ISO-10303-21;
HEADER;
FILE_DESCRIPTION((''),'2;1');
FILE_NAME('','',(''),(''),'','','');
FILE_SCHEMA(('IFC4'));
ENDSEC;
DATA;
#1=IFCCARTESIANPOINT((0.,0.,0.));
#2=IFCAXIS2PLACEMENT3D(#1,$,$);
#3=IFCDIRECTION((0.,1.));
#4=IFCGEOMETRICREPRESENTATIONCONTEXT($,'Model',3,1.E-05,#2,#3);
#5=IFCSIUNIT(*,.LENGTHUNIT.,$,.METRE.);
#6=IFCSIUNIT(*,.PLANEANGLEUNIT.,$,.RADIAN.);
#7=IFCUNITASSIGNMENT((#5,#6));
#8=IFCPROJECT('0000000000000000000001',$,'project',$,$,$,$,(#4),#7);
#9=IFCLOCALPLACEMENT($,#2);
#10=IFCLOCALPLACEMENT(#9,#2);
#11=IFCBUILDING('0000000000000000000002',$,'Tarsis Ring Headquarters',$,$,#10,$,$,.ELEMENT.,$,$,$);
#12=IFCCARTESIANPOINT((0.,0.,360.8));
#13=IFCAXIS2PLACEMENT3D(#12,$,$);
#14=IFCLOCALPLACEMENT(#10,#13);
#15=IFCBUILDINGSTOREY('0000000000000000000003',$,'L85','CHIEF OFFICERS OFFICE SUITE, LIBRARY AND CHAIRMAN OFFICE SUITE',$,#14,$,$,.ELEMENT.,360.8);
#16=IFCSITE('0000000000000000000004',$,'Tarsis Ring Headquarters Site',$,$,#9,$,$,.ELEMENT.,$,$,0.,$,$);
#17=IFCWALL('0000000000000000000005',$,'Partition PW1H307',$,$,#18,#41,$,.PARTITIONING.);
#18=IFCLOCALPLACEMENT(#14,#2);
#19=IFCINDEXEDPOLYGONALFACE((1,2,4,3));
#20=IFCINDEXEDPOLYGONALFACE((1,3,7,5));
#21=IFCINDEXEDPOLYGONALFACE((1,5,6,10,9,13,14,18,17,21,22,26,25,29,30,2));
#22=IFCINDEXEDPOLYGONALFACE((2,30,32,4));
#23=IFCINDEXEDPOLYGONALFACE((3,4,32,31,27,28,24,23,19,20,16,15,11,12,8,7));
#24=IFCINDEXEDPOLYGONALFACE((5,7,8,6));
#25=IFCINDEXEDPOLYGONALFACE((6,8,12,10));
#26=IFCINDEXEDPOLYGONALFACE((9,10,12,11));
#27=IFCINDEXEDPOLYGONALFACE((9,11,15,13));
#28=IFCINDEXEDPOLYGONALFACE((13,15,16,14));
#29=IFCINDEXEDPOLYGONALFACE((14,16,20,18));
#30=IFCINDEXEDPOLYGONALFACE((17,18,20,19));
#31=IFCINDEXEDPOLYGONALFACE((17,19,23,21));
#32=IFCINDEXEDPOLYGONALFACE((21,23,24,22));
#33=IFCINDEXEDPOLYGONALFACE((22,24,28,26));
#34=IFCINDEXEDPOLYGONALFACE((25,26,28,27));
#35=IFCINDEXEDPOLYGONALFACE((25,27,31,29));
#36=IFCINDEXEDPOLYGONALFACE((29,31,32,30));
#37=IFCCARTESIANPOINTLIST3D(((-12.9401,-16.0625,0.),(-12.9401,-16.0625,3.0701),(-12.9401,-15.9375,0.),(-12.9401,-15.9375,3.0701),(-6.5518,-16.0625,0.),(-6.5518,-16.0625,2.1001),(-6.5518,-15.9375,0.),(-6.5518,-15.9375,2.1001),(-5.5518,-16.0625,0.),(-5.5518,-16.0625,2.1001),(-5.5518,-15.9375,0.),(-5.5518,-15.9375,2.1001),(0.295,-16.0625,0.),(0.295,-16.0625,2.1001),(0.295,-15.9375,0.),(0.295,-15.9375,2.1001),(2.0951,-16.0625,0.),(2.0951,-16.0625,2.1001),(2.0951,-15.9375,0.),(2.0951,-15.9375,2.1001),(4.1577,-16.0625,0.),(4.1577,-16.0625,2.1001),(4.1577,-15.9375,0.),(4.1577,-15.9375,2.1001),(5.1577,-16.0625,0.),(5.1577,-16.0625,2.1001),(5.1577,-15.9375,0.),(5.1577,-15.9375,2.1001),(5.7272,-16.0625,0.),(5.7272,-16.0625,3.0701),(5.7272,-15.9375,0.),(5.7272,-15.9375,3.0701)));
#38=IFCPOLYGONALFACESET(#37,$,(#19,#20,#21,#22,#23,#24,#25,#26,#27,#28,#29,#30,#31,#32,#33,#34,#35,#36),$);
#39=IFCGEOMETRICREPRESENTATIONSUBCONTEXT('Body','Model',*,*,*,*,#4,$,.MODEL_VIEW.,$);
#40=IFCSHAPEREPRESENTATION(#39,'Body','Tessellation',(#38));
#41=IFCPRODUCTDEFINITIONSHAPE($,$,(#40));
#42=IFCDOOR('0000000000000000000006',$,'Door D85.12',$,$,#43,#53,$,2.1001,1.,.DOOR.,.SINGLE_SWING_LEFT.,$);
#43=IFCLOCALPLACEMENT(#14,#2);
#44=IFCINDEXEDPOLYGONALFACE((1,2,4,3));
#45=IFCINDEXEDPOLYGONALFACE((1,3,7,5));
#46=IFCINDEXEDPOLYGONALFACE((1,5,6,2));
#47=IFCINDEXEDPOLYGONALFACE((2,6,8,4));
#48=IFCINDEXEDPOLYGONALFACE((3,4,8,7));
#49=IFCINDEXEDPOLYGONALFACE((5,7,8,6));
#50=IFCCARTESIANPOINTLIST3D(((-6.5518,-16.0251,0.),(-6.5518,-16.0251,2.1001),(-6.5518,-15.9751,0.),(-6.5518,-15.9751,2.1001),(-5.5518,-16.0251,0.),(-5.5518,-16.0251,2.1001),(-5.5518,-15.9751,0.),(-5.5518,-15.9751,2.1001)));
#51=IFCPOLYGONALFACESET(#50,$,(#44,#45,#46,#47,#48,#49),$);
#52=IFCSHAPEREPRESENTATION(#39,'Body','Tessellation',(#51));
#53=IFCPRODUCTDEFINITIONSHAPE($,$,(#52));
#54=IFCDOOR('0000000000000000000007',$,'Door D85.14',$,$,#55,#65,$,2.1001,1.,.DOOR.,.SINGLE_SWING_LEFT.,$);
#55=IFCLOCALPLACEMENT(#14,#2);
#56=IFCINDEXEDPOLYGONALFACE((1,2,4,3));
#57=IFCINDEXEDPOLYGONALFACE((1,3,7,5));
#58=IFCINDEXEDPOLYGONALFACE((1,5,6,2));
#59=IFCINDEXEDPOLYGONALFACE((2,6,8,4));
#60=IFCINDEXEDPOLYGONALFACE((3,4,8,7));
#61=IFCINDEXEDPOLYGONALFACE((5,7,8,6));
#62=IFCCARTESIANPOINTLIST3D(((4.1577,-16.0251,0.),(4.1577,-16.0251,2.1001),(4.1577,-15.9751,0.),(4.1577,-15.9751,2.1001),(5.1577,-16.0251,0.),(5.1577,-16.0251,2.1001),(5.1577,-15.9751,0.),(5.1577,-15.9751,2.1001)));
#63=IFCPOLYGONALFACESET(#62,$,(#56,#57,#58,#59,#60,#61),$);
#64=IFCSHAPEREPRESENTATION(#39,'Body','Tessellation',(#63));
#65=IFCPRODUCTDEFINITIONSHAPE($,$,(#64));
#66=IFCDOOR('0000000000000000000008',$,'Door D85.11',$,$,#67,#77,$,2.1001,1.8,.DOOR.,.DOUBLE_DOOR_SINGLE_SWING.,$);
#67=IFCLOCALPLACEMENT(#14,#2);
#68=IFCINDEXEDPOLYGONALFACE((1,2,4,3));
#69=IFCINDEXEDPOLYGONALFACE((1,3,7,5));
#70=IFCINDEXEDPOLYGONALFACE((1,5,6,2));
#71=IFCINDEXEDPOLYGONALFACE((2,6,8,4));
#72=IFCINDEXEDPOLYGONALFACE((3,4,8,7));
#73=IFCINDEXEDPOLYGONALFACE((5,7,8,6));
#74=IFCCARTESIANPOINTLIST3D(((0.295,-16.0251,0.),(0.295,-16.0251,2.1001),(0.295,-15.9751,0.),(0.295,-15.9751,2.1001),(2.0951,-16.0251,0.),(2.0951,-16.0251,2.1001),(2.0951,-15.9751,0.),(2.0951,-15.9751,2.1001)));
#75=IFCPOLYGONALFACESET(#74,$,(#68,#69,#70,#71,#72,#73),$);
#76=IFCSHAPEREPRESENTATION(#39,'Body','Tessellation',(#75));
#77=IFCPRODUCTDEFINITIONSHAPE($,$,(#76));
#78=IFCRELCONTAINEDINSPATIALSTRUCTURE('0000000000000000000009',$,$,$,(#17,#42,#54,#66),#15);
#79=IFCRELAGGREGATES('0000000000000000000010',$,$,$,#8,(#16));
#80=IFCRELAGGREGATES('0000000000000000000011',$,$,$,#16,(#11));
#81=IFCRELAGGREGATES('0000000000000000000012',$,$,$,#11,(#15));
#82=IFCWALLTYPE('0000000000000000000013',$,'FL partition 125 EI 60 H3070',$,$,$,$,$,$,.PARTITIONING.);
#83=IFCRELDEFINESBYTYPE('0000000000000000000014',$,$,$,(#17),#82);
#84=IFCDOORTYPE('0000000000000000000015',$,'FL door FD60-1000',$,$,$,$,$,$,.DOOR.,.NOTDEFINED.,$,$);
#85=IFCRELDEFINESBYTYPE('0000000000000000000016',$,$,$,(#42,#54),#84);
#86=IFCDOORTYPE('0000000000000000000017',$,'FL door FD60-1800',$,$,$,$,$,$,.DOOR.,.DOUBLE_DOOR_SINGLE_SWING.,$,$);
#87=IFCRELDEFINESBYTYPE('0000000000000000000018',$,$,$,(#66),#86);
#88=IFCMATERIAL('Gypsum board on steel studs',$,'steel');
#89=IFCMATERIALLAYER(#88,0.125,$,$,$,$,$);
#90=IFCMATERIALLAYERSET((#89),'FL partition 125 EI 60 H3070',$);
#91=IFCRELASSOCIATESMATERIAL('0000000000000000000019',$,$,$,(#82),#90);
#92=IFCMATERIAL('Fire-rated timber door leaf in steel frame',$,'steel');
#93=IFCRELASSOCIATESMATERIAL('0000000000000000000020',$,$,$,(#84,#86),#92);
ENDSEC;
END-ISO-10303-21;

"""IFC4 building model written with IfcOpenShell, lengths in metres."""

from ifc_helpers import new_model, si_unit, direction, frame, frame_2d, origin, place, context, subcontext, project, spatial, rectangle, extrude, material, layer, layer_set, type_object, element, fill, save


model = new_model("IFC4")

# Units and contexts
model_context = context("Model", 3, precision=1e-05, world=origin(), true_north=direction((0.0, 1.0)))
body_context = subcontext(model_context, "Body", "Model", "MODEL_VIEW")
ifc_project = project(units=[si_unit("LENGTHUNIT", "METRE"), si_unit("PLANEANGLEUNIT", "RADIAN")], contexts=[model_context])

# Site, building, storey
site_placement = place(None, origin())
site = spatial("IfcSite", under=ifc_project, at=site_placement, Name="Tarsis Ring Headquarters Site", CompositionType="ELEMENT", RefElevation=0.0)
building_placement = place(site_placement, origin())
building = spatial("IfcBuilding", under=site, at=building_placement, Name="Tarsis Ring Headquarters", CompositionType="ELEMENT")
storey_placement = place(building_placement, frame((0.0, 0.0, 360.8)))
storey = spatial("IfcBuildingStorey", under=building, at=storey_placement, Name="L85", Description="CHIEF OFFICERS OFFICE SUITE, LIBRARY AND CHAIRMAN OFFICE SUITE", CompositionType="ELEMENT", Elevation=360.8)

# Wall, openings, doors
ifc_material_1 = material(Name="Gypsum board on steel studs", Category="steel")
ifc_layer_1 = layer(ifc_material_1, 0.125)
ifc_layer_set_1 = layer_set([ifc_layer_1], Name="FL partition 125 EI 60 H3070")
wall_type_1 = type_object("IfcWallType", Name="FL partition 125 EI 60 H3070", PredefinedType="PARTITIONING", material=ifc_layer_set_1)
ifc_material_2 = material(Name="Fire-rated timber door leaf in steel frame", Category="steel")
door_type_1 = type_object("IfcDoorType", Name="FL door FD60-1000", OperationType="NOTDEFINED", PredefinedType="DOOR", material=ifc_material_2)
door_type_2 = type_object("IfcDoorType", Name="FL door FD60-1800", OperationType="DOUBLE_DOOR_SINGLE_SWING", PredefinedType="DOOR", material=ifc_material_2)
wall_1_placement = place(storey_placement, frame((-12.9399, -16.0, 0.0), z_axis=(0.0, 0.0, 1.0), x_axis=(1.0, 0.0, 0.0)))
wall_1 = element("IfcWall", 1, at=wall_1_placement, inside=storey, type_object=wall_type_1, Name="Partition PW1H307", PredefinedType="PARTITIONING", context=body_context, shape_type="SweptSolid", body=[
    extrude(rectangle(XDim=18.6672, YDim=0.125, at=frame_2d((9.3335, 0.0))), origin(), (0.0, 0.0, 1.0), 3.0701),
])
opening_1_placement = place(wall_1_placement, frame((13.2351, 0.0, 0.0)))
opening_1 = element("IfcOpeningElement", 2, at=opening_1_placement, cuts=wall_1, PredefinedType="OPENING", context=body_context, shape_type="SweptSolid", body=[
    extrude(rectangle(XDim=1.8, YDim=2.1001, at=frame_2d((0.8999, 1.05))), frame((0.0, 0.0725, 0.0), z_axis=(0.0, -1.0, 0.0), x_axis=(1.0, 0.0, 0.0)), (0.0, 0.0, 1.0), 0.145),
])
opening_2_placement = place(wall_1_placement, frame((6.3882, 0.0, 0.0)))
opening_2 = element("IfcOpeningElement", 3, at=opening_2_placement, cuts=wall_1, PredefinedType="OPENING", context=body_context, shape_type="SweptSolid", body=[
    extrude(rectangle(XDim=1.0, YDim=2.1001, at=frame_2d((0.5, 1.05))), frame((0.0, 0.0725, 0.0), z_axis=(0.0, -1.0, 0.0), x_axis=(1.0, 0.0, 0.0)), (0.0, 0.0, 1.0), 0.145),
])
opening_3_placement = place(wall_1_placement, frame((17.0977, 0.0, 0.0)))
opening_3 = element("IfcOpeningElement", 4, at=opening_3_placement, cuts=wall_1, PredefinedType="OPENING", context=body_context, shape_type="SweptSolid", body=[
    extrude(rectangle(XDim=1.0, YDim=2.1001, at=frame_2d((0.5, 1.05))), frame((0.0, 0.0725, 0.0), z_axis=(0.0, -1.0, 0.0), x_axis=(1.0, 0.0, 0.0)), (0.0, 0.0, 1.0), 0.145),
])
door_1_placement = place(opening_2_placement, origin())
door_1 = element("IfcDoor", 5, at=door_1_placement, inside=storey, type_object=door_type_1, Name="Door D85.12", OperationType="SINGLE_SWING_LEFT", OverallHeight=2.1001, OverallWidth=1.0, PredefinedType="DOOR", context=body_context, shape_type="SweptSolid", body=[
    extrude(rectangle(XDim=1.0, YDim=2.1001, at=frame_2d((0.5, 1.05))), frame((0.0, 0.0249, 0.0), z_axis=(0.0, -1.0, 0.0), x_axis=(1.0, 0.0, 0.0)), (0.0, 0.0, 1.0), 0.05),
])
fill(opening_2, door_1)
door_2_placement = place(opening_3_placement, origin())
door_2 = element("IfcDoor", 6, at=door_2_placement, inside=storey, type_object=door_type_1, Name="Door D85.14", OperationType="SINGLE_SWING_LEFT", OverallHeight=2.1001, OverallWidth=1.0, PredefinedType="DOOR", context=body_context, shape_type="SweptSolid", body=[
    extrude(rectangle(XDim=1.0, YDim=2.1001, at=frame_2d((0.5, 1.05))), frame((0.0, 0.0249, 0.0), z_axis=(0.0, -1.0, 0.0), x_axis=(1.0, 0.0, 0.0)), (0.0, 0.0, 1.0), 0.05),
])
fill(opening_3, door_2)
door_3_placement = place(opening_1_placement, origin())
door_3 = element("IfcDoor", 7, at=door_3_placement, inside=storey, type_object=door_type_2, Name="Door D85.11", OperationType="DOUBLE_DOOR_SINGLE_SWING", OverallHeight=2.1001, OverallWidth=1.8, PredefinedType="DOOR", context=body_context, shape_type="SweptSolid", body=[
    extrude(rectangle(XDim=1.8, YDim=2.1001, at=frame_2d((0.8999, 1.05))), frame((0.0, 0.0249, 0.0), z_axis=(0.0, -1.0, 0.0), x_axis=(1.0, 0.0, 0.0)), (0.0, 0.0, 1.0), 0.05),
])
fill(opening_1, door_3)

save(model, "model.ifc")
